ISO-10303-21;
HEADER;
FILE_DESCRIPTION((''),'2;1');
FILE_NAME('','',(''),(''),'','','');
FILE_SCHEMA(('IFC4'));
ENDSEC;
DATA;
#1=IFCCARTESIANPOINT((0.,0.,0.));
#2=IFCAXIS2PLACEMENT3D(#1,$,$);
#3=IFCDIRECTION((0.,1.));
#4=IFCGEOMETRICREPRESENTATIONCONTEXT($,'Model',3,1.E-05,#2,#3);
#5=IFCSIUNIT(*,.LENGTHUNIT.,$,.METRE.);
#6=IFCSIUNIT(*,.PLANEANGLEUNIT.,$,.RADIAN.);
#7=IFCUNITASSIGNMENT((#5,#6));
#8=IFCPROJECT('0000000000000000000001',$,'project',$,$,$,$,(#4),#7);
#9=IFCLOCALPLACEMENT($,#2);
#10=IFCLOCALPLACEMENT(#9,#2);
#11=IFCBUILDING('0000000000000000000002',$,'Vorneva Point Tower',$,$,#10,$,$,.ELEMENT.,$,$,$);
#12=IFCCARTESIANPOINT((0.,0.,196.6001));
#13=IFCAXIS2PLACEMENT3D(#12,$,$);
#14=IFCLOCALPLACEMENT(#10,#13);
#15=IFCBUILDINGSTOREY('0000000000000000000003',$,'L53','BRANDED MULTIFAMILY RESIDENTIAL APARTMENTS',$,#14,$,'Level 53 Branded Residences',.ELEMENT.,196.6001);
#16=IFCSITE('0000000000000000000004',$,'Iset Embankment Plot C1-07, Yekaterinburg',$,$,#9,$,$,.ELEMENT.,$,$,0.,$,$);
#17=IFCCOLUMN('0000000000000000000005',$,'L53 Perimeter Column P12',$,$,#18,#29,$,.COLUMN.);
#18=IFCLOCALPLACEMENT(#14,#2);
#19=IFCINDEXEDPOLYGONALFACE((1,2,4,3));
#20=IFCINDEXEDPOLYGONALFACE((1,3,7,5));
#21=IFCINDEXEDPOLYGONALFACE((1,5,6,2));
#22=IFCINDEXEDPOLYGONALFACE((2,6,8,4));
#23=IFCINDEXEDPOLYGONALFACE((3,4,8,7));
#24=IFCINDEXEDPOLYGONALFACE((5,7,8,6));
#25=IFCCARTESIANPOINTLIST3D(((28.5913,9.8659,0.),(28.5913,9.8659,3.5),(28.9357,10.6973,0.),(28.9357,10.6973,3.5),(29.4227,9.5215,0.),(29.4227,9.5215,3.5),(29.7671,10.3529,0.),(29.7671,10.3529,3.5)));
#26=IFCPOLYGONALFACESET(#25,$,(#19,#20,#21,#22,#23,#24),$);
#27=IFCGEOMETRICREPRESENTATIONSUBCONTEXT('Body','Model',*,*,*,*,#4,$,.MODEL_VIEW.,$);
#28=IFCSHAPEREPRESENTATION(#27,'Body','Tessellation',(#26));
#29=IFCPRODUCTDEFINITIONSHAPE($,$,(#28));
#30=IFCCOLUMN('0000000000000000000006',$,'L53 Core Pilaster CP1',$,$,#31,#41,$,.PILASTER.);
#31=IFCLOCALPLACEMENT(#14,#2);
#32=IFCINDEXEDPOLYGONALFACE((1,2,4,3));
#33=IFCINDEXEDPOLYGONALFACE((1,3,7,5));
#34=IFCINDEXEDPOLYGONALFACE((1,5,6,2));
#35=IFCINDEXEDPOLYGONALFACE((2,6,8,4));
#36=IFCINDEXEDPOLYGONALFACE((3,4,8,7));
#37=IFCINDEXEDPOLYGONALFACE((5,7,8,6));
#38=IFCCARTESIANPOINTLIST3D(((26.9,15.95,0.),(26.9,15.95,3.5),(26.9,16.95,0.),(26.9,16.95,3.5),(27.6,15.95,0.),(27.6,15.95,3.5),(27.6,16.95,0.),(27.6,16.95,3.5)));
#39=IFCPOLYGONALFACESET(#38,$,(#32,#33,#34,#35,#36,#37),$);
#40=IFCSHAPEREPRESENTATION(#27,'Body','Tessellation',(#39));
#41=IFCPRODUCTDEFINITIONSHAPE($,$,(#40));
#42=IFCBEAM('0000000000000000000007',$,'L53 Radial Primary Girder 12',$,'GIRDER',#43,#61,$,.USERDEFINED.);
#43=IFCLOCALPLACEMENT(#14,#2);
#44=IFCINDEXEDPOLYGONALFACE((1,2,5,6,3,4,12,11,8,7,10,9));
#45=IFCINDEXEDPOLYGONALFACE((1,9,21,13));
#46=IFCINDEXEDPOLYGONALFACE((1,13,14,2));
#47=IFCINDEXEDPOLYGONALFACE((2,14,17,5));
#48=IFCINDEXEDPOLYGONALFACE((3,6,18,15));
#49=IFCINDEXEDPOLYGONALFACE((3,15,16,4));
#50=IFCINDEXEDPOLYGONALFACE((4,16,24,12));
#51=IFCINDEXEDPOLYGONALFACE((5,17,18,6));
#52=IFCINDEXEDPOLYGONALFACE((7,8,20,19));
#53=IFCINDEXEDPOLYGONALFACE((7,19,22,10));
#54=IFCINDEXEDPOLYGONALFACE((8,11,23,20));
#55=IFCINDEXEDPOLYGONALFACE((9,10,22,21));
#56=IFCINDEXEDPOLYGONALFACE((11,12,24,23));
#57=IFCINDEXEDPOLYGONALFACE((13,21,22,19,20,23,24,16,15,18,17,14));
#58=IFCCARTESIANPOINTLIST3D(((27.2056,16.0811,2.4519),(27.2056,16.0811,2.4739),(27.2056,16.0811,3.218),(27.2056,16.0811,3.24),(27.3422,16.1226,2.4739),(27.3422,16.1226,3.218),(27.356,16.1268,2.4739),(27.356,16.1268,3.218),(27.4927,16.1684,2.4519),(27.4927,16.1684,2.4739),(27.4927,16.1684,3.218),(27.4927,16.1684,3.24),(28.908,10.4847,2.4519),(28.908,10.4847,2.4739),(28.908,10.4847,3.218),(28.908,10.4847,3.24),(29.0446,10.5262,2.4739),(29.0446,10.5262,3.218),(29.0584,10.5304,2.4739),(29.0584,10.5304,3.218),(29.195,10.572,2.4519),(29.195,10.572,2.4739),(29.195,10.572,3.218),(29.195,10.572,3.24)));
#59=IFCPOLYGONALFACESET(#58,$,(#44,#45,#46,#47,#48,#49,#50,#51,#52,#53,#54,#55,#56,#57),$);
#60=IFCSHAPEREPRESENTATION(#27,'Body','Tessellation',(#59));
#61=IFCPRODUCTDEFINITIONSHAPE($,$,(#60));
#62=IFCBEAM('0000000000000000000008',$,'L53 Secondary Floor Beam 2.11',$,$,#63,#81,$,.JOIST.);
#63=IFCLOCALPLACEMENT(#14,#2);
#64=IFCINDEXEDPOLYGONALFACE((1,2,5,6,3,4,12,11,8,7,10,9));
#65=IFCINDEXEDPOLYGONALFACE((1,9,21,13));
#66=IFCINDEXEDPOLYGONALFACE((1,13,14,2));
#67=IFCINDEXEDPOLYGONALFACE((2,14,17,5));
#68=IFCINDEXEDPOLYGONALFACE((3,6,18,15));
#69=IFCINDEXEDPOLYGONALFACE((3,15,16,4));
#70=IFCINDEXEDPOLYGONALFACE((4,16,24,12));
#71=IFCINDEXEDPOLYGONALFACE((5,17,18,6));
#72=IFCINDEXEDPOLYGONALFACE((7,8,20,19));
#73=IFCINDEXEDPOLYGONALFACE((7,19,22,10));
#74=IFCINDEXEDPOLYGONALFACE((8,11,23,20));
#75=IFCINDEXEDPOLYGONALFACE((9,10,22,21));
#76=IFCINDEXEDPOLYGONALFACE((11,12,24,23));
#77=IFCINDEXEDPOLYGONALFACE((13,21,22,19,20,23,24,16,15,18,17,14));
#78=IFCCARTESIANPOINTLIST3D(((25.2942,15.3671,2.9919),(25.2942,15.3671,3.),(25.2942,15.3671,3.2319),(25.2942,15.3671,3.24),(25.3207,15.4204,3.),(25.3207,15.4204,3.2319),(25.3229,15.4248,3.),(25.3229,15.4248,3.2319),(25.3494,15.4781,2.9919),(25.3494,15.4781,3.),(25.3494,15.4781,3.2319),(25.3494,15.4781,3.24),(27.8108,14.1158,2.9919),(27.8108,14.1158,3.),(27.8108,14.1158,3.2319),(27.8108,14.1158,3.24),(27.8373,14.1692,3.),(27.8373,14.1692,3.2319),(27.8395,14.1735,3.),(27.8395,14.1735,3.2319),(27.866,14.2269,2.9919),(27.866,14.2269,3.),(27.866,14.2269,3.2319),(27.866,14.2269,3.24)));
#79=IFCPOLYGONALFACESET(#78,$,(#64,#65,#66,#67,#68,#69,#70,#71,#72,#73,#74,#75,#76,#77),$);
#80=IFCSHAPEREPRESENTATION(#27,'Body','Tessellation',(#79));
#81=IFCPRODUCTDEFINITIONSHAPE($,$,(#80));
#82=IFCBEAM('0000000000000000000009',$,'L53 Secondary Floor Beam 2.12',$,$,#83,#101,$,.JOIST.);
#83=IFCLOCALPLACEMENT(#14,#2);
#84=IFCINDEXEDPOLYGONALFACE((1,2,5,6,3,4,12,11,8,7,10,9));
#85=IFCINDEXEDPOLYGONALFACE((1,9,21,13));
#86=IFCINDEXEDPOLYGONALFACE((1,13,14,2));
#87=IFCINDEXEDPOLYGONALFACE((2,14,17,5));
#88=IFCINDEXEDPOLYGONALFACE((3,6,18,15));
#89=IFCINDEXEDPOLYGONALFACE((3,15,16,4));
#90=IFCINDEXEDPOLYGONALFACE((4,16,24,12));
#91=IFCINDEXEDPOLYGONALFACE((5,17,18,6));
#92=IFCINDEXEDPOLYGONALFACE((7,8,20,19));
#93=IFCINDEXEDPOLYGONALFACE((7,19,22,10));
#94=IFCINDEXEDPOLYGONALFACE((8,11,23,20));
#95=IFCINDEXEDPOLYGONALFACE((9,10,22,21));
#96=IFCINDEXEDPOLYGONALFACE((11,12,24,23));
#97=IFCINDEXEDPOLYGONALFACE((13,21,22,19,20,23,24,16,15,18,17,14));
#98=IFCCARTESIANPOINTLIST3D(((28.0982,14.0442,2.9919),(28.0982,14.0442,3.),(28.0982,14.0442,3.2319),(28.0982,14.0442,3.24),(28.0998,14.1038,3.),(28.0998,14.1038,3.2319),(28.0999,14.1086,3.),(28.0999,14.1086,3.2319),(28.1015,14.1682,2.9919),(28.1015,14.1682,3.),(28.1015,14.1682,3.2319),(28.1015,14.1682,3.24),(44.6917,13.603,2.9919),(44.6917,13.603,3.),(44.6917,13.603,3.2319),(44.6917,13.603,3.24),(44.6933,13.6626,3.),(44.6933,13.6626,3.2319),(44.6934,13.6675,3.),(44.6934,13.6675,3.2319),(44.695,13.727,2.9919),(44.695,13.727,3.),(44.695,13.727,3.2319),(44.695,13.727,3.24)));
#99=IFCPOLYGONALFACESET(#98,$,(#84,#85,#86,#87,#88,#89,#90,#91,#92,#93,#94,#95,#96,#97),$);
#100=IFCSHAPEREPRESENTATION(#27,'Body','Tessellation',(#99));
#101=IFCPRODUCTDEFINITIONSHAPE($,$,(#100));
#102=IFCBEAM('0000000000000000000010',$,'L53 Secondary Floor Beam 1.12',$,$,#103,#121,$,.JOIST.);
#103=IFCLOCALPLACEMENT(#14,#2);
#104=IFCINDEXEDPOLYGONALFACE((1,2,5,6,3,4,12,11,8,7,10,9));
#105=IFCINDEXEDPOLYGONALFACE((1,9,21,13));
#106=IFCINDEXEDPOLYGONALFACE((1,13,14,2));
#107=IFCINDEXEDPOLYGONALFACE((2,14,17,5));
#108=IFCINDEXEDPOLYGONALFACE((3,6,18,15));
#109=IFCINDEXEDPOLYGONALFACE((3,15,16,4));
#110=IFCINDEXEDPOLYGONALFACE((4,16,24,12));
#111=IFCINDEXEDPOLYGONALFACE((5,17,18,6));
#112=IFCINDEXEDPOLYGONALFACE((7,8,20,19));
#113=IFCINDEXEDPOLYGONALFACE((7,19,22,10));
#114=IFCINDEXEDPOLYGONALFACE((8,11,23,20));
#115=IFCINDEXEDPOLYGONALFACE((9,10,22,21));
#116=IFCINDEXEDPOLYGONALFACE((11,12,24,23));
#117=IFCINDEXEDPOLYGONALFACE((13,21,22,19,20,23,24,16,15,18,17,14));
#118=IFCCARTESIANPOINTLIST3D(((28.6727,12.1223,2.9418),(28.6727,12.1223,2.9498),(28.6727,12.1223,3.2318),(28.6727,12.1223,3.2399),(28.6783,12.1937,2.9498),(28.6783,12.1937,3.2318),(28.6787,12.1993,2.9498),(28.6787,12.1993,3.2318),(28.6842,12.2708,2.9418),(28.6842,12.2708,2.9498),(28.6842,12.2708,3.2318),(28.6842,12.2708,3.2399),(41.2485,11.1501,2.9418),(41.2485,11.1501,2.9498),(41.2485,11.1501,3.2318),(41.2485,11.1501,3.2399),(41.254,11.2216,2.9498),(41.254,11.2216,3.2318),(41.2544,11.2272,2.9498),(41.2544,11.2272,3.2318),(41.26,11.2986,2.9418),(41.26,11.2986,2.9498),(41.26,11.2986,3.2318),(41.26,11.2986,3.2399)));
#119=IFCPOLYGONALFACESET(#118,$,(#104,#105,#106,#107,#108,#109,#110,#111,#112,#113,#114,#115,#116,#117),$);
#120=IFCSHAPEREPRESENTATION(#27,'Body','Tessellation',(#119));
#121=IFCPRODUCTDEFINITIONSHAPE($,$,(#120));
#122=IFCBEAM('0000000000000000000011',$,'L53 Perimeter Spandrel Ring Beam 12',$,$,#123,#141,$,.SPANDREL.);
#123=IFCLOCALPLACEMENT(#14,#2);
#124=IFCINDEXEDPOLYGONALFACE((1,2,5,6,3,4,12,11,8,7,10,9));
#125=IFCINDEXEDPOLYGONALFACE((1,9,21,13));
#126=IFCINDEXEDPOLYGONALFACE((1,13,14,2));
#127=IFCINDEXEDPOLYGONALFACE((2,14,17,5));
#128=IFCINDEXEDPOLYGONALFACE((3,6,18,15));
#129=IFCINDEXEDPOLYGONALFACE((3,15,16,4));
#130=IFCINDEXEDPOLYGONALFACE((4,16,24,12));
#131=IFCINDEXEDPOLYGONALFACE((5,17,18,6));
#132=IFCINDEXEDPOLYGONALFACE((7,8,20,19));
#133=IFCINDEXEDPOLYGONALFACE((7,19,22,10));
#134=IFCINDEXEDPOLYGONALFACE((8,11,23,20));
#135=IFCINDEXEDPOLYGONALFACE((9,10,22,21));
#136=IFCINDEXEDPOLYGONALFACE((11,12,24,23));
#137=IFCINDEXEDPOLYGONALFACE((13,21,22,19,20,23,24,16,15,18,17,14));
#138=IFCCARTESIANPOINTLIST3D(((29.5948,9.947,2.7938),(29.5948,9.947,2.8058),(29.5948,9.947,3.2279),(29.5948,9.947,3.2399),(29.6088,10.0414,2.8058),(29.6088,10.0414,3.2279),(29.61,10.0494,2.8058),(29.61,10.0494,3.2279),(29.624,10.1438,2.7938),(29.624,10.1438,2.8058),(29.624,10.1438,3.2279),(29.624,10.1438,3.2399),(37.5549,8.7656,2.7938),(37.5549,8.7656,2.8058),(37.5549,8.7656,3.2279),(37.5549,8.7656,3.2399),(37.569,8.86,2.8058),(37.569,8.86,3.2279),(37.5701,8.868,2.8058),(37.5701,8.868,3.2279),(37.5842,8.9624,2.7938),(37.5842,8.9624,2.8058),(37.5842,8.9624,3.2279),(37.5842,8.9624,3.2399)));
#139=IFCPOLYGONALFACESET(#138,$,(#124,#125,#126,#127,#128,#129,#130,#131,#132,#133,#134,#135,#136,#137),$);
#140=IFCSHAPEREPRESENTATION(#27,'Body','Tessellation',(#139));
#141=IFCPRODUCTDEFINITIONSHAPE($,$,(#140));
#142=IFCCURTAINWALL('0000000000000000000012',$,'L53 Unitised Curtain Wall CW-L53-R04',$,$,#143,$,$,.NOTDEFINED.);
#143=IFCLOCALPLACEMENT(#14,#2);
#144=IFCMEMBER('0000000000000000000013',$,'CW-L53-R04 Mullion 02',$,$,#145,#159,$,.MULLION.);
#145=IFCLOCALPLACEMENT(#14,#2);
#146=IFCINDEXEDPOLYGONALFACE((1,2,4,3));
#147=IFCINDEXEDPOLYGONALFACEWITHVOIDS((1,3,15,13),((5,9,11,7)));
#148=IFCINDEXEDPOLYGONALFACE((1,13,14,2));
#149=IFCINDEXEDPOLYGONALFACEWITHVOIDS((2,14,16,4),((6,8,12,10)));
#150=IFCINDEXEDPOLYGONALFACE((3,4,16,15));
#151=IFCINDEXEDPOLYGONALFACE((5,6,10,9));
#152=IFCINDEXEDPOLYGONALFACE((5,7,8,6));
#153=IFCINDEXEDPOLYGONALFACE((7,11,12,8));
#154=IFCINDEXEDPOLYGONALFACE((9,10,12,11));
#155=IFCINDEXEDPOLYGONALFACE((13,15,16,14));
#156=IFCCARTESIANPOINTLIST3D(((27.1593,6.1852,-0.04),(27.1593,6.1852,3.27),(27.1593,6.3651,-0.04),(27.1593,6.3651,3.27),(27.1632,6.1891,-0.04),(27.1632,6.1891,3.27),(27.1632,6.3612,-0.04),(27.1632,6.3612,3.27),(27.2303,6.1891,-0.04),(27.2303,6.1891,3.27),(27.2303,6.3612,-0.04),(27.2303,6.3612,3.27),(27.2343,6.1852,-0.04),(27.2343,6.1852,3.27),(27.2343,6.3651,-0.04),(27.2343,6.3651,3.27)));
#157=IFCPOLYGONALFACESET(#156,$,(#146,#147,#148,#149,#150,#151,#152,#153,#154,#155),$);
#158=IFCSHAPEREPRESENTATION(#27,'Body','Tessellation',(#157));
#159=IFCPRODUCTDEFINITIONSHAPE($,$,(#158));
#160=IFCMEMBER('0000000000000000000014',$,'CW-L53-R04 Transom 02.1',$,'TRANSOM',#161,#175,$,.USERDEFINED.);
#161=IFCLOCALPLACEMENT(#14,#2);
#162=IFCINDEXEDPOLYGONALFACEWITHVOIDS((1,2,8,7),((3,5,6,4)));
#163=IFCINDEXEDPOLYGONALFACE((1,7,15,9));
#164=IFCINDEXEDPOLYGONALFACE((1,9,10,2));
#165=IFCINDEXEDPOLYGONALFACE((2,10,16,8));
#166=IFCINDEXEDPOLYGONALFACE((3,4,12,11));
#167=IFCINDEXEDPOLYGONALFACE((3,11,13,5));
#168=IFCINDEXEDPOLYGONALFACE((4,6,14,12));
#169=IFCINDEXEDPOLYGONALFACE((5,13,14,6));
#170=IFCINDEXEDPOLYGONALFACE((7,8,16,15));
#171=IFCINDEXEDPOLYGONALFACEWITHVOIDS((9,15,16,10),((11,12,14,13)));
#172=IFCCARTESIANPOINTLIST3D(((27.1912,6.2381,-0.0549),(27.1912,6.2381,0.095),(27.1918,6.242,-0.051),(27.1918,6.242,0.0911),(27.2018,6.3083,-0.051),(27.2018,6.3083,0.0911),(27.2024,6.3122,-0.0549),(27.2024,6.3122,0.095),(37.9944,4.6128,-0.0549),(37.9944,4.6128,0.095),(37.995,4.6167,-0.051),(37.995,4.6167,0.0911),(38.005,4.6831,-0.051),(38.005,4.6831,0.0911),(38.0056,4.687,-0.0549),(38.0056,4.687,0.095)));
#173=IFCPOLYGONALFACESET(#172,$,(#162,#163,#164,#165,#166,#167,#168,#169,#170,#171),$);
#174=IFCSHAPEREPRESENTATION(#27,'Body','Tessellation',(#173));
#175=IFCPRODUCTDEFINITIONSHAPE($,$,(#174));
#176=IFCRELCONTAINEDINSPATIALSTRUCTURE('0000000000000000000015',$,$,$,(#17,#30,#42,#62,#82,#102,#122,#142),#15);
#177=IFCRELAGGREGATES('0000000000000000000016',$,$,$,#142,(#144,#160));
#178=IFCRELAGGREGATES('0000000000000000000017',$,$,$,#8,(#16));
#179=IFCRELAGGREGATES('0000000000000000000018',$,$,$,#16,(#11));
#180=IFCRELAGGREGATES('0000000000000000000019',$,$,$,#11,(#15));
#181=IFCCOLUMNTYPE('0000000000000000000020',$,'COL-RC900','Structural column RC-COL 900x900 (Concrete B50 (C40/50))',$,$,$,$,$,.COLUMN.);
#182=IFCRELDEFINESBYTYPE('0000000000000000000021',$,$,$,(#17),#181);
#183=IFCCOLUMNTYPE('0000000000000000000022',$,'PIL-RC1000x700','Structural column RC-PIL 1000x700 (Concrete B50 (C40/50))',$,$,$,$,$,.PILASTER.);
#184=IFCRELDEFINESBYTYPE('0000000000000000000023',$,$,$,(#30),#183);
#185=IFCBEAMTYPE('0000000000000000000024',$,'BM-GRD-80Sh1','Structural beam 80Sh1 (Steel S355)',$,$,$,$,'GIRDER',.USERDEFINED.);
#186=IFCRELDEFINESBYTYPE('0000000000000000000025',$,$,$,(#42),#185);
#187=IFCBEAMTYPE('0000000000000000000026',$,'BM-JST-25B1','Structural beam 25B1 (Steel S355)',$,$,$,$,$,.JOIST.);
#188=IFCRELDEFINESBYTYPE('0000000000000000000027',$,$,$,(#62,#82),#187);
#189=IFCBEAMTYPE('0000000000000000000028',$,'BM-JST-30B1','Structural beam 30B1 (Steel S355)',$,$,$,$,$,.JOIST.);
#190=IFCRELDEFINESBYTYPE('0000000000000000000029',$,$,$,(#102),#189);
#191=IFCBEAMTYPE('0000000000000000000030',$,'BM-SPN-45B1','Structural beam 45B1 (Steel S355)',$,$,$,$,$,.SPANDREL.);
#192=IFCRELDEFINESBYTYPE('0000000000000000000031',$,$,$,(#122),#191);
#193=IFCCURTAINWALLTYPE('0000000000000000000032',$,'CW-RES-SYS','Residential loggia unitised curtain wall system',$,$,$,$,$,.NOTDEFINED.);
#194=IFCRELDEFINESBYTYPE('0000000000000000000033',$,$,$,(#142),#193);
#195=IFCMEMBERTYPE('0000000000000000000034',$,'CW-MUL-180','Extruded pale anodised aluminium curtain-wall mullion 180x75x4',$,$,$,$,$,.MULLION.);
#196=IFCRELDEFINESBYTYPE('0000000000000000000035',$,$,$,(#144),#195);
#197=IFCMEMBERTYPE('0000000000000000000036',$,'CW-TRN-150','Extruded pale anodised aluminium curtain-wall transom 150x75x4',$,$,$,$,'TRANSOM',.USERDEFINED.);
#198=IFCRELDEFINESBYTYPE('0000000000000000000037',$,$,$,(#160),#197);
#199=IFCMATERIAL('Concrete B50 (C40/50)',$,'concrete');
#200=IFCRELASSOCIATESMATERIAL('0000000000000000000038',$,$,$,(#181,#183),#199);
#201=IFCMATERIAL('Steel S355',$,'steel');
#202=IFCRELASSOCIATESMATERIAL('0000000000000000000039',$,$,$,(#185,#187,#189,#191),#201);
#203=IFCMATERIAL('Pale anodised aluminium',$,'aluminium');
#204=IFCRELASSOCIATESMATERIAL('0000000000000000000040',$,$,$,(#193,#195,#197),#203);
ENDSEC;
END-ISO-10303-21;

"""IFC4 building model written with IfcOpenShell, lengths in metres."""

from ifc_helpers import new_model, si_unit, direction, frame, origin, origin_2d, place, context, subcontext, project, spatial, rectangle, hollow_rectangle, i_section, extrude, material, material_profile, profile_set, type_object, element, aggregate, save


model = new_model("IFC4")

# Units and contexts
model_context = context("Model", 3, precision=1e-05, world=origin(), true_north=direction((0.0, 1.0)))
body_context = subcontext(model_context, "Body", "Model", "MODEL_VIEW")
ifc_project = project(units=[si_unit("LENGTHUNIT", "METRE"), si_unit("PLANEANGLEUNIT", "RADIAN")], contexts=[model_context])

# Site, building, storey
site_placement = place(None, origin())
site = spatial("IfcSite", under=ifc_project, at=site_placement, Name="Iset Embankment Plot C1-07, Yekaterinburg", CompositionType="ELEMENT", RefElevation=0.0)
building_placement = place(site_placement, origin())
building = spatial("IfcBuilding", under=site, at=building_placement, Name="Vorneva Point Tower", CompositionType="ELEMENT")
storey_placement = place(building_placement, frame((0.0, 0.0, 196.6001)))
storey = spatial("IfcBuildingStorey", under=building, at=storey_placement, Name="L53", Description="BRANDED MULTIFAMILY RESIDENTIAL APARTMENTS", LongName="Level 53 Branded Residences", CompositionType="ELEMENT", Elevation=196.6001)

# Columns
ifc_material_1 = material(Name="Concrete B50 (C40/50)", Category="concrete")
ifc_material_profile_1 = material_profile(ifc_material_1, rectangle(XDim=0.8999, YDim=0.8999, at=origin_2d()), Name="RC-COL 900x900")
ifc_profile_set_1 = profile_set([ifc_material_profile_1], Name="Concrete B50 (C40/50)")
column_type_1 = type_object("IfcColumnType", Name="COL-RC900", Description="Structural column RC-COL 900x900 (Concrete B50 (C40/50))", PredefinedType="COLUMN", material=ifc_profile_set_1)
column_1_placement = place(storey_placement, frame((29.1792, 10.1094, 0.0), z_axis=(0.0, 0.0, 1.0), x_axis=(-0.382683, -0.92388, 0.0)))
element("IfcColumn", 1, at=column_1_placement, inside=storey, type_object=column_type_1, Name="L53 Perimeter Column P12", PredefinedType="COLUMN", context=body_context, shape_type="SweptSolid", body=[
    extrude(rectangle(XDim=0.8999, YDim=0.8999, at=origin_2d()), origin(), (0.0, 0.0, 1.0), 3.5),
])
ifc_material_profile_2 = material_profile(ifc_material_1, rectangle(XDim=0.7, YDim=1.0, at=origin_2d()), Name="RC-PIL 1000x700")
ifc_profile_set_2 = profile_set([ifc_material_profile_2], Name="Concrete B50 (C40/50)")
column_type_2 = type_object("IfcColumnType", Name="PIL-RC1000x700", Description="Structural column RC-PIL 1000x700 (Concrete B50 (C40/50))", PredefinedType="PILASTER", material=ifc_profile_set_2)
column_2_placement = place(storey_placement, frame((27.25, 16.45, 0.0), z_axis=(0.0, 0.0, 1.0), x_axis=(1.0, 0.0, 0.0)))
element("IfcColumn", 2, at=column_2_placement, inside=storey, type_object=column_type_2, Name="L53 Core Pilaster CP1", PredefinedType="PILASTER", context=body_context, shape_type="SweptSolid", body=[
    extrude(rectangle(XDim=0.7, YDim=1.0, at=origin_2d()), origin(), (0.0, 0.0, 1.0), 3.5),
])

# Beams
ifc_material_2 = material(Name="Steel S355", Category="steel")
ifc_material_profile_3 = material_profile(ifc_material_2, i_section(OverallWidth=0.3, OverallDepth=0.7881, WebThickness=0.0144, FlangeThickness=0.022, at=origin_2d()), Name="80Sh1")
ifc_profile_set_3 = profile_set([ifc_material_profile_3], Name="Steel S355")
beam_type_1 = type_object("IfcBeamType", Name="BM-GRD-80Sh1", Description="Structural beam 80Sh1 (Steel S355)", ElementType="GIRDER", PredefinedType="USERDEFINED", material=ifc_profile_set_3)
beam_1_placement = place(storey_placement, frame((29.0515, 10.5283, 2.8459), z_axis=(-0.291025, 0.956715, 0.0), x_axis=(-0.956715, -0.291025, 0.0)))
element("IfcBeam", 3, at=beam_1_placement, inside=storey, type_object=beam_type_1, Name="L53 Radial Primary Girder 12", ObjectType="GIRDER", PredefinedType="USERDEFINED", context=body_context, shape_type="SweptSolid", body=[
    extrude(i_section(OverallWidth=0.3, OverallDepth=0.7881, WebThickness=0.0144, FlangeThickness=0.022, at=origin_2d()), origin(), (0.0, 0.0, 1.0), 5.8496),
])
ifc_material_profile_4 = material_profile(ifc_material_2, i_section(OverallWidth=0.124, OverallDepth=0.248, WebThickness=0.0049, FlangeThickness=0.0081, at=origin_2d()), Name="25B1")
ifc_profile_set_4 = profile_set([ifc_material_profile_4], Name="Steel S355")
beam_type_2 = type_object("IfcBeamType", Name="BM-JST-25B1", Description="Structural beam 25B1 (Steel S355)", PredefinedType="JOIST", material=ifc_profile_set_4)
beam_2_placement = place(storey_placement, frame((25.3218, 15.4226, 3.116), z_axis=(0.895433, -0.445197, 0.0), x_axis=(0.445197, 0.895433, 0.0)))
element("IfcBeam", 4, at=beam_2_placement, inside=storey, type_object=beam_type_2, Name="L53 Secondary Floor Beam 2.11", PredefinedType="JOIST", context=body_context, shape_type="SweptSolid", body=[
    extrude(i_section(OverallWidth=0.124, OverallDepth=0.248, WebThickness=0.0049, FlangeThickness=0.0081, at=origin_2d()), origin(), (0.0, 0.0, 1.0), 2.8105),
])
beam_3_placement = place(storey_placement, frame((28.0999, 14.1062, 3.116), z_axis=(0.999647, -0.026577, 0.0), x_axis=(0.026577, 0.999647, 0.0)))
element("IfcBeam", 5, at=beam_3_placement, inside=storey, type_object=beam_type_2, Name="L53 Secondary Floor Beam 2.12", PredefinedType="JOIST", context=body_context, shape_type="SweptSolid", body=[
    extrude(i_section(OverallWidth=0.124, OverallDepth=0.248, WebThickness=0.0049, FlangeThickness=0.0081, at=origin_2d()), origin(), (0.0, 0.0, 1.0), 16.5994),
])
ifc_material_profile_5 = material_profile(ifc_material_2, i_section(OverallWidth=0.1489, OverallDepth=0.2981, WebThickness=0.0056, FlangeThickness=0.0081, at=origin_2d()), Name="30B1")
ifc_profile_set_5 = profile_set([ifc_material_profile_5], Name="Steel S355")
beam_type_3 = type_object("IfcBeamType", Name="BM-JST-30B1", Description="Structural beam 30B1 (Steel S355)", PredefinedType="JOIST", material=ifc_profile_set_5)
beam_4_placement = place(storey_placement, frame((28.6785, 12.1965, 3.0908), z_axis=(0.997025, -0.077075, 0.0), x_axis=(0.077075, 0.997025, 0.0)))
element("IfcBeam", 6, at=beam_4_placement, inside=storey, type_object=beam_type_3, Name="L53 Secondary Floor Beam 1.12", PredefinedType="JOIST", context=body_context, shape_type="SweptSolid", body=[
    extrude(i_section(OverallWidth=0.1489, OverallDepth=0.2981, WebThickness=0.0056, FlangeThickness=0.0081, at=origin_2d()), origin(), (0.0, 0.0, 1.0), 12.6133),
])
ifc_material_profile_6 = material_profile(ifc_material_2, i_section(OverallWidth=0.199, OverallDepth=0.446, WebThickness=0.0081, FlangeThickness=0.012, at=origin_2d()), Name="45B1")
ifc_profile_set_6 = profile_set([ifc_material_profile_6], Name="Steel S355")
beam_type_4 = type_object("IfcBeamType", Name="BM-SPN-45B1", Description="Structural beam 45B1 (Steel S355)", PredefinedType="SPANDREL", material=ifc_profile_set_6)
beam_5_placement = place(storey_placement, frame((29.6094, 10.0454, 3.0168), z_axis=(0.989165, -0.146805, 0.0), x_axis=(0.146805, 0.989165, 0.0)))
element("IfcBeam", 7, at=beam_5_placement, inside=storey, type_object=beam_type_4, Name="L53 Perimeter Spandrel Ring Beam 12", PredefinedType="SPANDREL", context=body_context, shape_type="SweptSolid", body=[
    extrude(i_section(OverallWidth=0.199, OverallDepth=0.446, WebThickness=0.0081, FlangeThickness=0.012, at=origin_2d()), origin(), (0.0, 0.0, 1.0), 8.0474),
])

# Curtain wall, members
ifc_material_3 = material(Name="Pale anodised aluminium", Category="aluminium")
curtain_wall_type = type_object("IfcCurtainWallType", Name="CW-RES-SYS", Description="Residential loggia unitised curtain wall system", PredefinedType="NOTDEFINED", material=ifc_material_3)
curtain_wall_placement = place(storey_placement, origin())
curtain_wall = element("IfcCurtainWall", 8, at=curtain_wall_placement, inside=storey, type_object=curtain_wall_type, Name="L53 Unitised Curtain Wall CW-L53-R04", PredefinedType="NOTDEFINED")
ifc_material_profile_7 = material_profile(ifc_material_3, hollow_rectangle(XDim=0.075, YDim=0.1799, WallThickness=0.0039, at=origin_2d()), Name="AL-MUL 180x75x4")
ifc_profile_set_7 = profile_set([ifc_material_profile_7], Name="Pale anodised aluminium")
member_type_1 = type_object("IfcMemberType", Name="CW-MUL-180", Description="Extruded pale anodised aluminium curtain-wall mullion 180x75x4", PredefinedType="MULLION", material=ifc_profile_set_7)
member_1_placement = place(storey_placement, frame((27.1968, 6.2751, -0.04), z_axis=(0.0, 0.0, 1.0), x_axis=(1.0, 0.0, 0.0)))
member_1 = element("IfcMember", 9, at=member_1_placement, type_object=member_type_1, Name="CW-L53-R04 Mullion 02", PredefinedType="MULLION", context=body_context, shape_type="SweptSolid", body=[
    extrude(hollow_rectangle(XDim=0.075, YDim=0.1799, WallThickness=0.0039, at=origin_2d()), origin(), (0.0, 0.0, 1.0), 3.3101),
])
ifc_material_profile_8 = material_profile(ifc_material_3, hollow_rectangle(XDim=0.075, YDim=0.1499, WallThickness=0.0039, at=origin_2d()), Name="AL-TRN 150x75x4")
ifc_profile_set_8 = profile_set([ifc_material_profile_8], Name="Pale anodised aluminium")
member_type_2 = type_object("IfcMemberType", Name="CW-TRN-150", Description="Extruded pale anodised aluminium curtain-wall transom 150x75x4", ElementType="TRANSOM", PredefinedType="USERDEFINED", material=ifc_profile_set_8)
member_2_placement = place(storey_placement, frame((27.1968, 6.2751, 0.02), z_axis=(0.988872, -0.148767, 0.0), x_axis=(0.148767, 0.988872, 0.0)))
member_2 = element("IfcMember", 10, at=member_2_placement, type_object=member_type_2, Name="CW-L53-R04 Transom 02.1", ObjectType="TRANSOM", PredefinedType="USERDEFINED", context=body_context, shape_type="SweptSolid", body=[
    extrude(hollow_rectangle(XDim=0.075, YDim=0.1499, WallThickness=0.0039, at=origin_2d()), origin(), (0.0, 0.0, 1.0), 10.9248),
])
aggregate(curtain_wall, [member_1, member_2])

save(model, "model.ifc")
